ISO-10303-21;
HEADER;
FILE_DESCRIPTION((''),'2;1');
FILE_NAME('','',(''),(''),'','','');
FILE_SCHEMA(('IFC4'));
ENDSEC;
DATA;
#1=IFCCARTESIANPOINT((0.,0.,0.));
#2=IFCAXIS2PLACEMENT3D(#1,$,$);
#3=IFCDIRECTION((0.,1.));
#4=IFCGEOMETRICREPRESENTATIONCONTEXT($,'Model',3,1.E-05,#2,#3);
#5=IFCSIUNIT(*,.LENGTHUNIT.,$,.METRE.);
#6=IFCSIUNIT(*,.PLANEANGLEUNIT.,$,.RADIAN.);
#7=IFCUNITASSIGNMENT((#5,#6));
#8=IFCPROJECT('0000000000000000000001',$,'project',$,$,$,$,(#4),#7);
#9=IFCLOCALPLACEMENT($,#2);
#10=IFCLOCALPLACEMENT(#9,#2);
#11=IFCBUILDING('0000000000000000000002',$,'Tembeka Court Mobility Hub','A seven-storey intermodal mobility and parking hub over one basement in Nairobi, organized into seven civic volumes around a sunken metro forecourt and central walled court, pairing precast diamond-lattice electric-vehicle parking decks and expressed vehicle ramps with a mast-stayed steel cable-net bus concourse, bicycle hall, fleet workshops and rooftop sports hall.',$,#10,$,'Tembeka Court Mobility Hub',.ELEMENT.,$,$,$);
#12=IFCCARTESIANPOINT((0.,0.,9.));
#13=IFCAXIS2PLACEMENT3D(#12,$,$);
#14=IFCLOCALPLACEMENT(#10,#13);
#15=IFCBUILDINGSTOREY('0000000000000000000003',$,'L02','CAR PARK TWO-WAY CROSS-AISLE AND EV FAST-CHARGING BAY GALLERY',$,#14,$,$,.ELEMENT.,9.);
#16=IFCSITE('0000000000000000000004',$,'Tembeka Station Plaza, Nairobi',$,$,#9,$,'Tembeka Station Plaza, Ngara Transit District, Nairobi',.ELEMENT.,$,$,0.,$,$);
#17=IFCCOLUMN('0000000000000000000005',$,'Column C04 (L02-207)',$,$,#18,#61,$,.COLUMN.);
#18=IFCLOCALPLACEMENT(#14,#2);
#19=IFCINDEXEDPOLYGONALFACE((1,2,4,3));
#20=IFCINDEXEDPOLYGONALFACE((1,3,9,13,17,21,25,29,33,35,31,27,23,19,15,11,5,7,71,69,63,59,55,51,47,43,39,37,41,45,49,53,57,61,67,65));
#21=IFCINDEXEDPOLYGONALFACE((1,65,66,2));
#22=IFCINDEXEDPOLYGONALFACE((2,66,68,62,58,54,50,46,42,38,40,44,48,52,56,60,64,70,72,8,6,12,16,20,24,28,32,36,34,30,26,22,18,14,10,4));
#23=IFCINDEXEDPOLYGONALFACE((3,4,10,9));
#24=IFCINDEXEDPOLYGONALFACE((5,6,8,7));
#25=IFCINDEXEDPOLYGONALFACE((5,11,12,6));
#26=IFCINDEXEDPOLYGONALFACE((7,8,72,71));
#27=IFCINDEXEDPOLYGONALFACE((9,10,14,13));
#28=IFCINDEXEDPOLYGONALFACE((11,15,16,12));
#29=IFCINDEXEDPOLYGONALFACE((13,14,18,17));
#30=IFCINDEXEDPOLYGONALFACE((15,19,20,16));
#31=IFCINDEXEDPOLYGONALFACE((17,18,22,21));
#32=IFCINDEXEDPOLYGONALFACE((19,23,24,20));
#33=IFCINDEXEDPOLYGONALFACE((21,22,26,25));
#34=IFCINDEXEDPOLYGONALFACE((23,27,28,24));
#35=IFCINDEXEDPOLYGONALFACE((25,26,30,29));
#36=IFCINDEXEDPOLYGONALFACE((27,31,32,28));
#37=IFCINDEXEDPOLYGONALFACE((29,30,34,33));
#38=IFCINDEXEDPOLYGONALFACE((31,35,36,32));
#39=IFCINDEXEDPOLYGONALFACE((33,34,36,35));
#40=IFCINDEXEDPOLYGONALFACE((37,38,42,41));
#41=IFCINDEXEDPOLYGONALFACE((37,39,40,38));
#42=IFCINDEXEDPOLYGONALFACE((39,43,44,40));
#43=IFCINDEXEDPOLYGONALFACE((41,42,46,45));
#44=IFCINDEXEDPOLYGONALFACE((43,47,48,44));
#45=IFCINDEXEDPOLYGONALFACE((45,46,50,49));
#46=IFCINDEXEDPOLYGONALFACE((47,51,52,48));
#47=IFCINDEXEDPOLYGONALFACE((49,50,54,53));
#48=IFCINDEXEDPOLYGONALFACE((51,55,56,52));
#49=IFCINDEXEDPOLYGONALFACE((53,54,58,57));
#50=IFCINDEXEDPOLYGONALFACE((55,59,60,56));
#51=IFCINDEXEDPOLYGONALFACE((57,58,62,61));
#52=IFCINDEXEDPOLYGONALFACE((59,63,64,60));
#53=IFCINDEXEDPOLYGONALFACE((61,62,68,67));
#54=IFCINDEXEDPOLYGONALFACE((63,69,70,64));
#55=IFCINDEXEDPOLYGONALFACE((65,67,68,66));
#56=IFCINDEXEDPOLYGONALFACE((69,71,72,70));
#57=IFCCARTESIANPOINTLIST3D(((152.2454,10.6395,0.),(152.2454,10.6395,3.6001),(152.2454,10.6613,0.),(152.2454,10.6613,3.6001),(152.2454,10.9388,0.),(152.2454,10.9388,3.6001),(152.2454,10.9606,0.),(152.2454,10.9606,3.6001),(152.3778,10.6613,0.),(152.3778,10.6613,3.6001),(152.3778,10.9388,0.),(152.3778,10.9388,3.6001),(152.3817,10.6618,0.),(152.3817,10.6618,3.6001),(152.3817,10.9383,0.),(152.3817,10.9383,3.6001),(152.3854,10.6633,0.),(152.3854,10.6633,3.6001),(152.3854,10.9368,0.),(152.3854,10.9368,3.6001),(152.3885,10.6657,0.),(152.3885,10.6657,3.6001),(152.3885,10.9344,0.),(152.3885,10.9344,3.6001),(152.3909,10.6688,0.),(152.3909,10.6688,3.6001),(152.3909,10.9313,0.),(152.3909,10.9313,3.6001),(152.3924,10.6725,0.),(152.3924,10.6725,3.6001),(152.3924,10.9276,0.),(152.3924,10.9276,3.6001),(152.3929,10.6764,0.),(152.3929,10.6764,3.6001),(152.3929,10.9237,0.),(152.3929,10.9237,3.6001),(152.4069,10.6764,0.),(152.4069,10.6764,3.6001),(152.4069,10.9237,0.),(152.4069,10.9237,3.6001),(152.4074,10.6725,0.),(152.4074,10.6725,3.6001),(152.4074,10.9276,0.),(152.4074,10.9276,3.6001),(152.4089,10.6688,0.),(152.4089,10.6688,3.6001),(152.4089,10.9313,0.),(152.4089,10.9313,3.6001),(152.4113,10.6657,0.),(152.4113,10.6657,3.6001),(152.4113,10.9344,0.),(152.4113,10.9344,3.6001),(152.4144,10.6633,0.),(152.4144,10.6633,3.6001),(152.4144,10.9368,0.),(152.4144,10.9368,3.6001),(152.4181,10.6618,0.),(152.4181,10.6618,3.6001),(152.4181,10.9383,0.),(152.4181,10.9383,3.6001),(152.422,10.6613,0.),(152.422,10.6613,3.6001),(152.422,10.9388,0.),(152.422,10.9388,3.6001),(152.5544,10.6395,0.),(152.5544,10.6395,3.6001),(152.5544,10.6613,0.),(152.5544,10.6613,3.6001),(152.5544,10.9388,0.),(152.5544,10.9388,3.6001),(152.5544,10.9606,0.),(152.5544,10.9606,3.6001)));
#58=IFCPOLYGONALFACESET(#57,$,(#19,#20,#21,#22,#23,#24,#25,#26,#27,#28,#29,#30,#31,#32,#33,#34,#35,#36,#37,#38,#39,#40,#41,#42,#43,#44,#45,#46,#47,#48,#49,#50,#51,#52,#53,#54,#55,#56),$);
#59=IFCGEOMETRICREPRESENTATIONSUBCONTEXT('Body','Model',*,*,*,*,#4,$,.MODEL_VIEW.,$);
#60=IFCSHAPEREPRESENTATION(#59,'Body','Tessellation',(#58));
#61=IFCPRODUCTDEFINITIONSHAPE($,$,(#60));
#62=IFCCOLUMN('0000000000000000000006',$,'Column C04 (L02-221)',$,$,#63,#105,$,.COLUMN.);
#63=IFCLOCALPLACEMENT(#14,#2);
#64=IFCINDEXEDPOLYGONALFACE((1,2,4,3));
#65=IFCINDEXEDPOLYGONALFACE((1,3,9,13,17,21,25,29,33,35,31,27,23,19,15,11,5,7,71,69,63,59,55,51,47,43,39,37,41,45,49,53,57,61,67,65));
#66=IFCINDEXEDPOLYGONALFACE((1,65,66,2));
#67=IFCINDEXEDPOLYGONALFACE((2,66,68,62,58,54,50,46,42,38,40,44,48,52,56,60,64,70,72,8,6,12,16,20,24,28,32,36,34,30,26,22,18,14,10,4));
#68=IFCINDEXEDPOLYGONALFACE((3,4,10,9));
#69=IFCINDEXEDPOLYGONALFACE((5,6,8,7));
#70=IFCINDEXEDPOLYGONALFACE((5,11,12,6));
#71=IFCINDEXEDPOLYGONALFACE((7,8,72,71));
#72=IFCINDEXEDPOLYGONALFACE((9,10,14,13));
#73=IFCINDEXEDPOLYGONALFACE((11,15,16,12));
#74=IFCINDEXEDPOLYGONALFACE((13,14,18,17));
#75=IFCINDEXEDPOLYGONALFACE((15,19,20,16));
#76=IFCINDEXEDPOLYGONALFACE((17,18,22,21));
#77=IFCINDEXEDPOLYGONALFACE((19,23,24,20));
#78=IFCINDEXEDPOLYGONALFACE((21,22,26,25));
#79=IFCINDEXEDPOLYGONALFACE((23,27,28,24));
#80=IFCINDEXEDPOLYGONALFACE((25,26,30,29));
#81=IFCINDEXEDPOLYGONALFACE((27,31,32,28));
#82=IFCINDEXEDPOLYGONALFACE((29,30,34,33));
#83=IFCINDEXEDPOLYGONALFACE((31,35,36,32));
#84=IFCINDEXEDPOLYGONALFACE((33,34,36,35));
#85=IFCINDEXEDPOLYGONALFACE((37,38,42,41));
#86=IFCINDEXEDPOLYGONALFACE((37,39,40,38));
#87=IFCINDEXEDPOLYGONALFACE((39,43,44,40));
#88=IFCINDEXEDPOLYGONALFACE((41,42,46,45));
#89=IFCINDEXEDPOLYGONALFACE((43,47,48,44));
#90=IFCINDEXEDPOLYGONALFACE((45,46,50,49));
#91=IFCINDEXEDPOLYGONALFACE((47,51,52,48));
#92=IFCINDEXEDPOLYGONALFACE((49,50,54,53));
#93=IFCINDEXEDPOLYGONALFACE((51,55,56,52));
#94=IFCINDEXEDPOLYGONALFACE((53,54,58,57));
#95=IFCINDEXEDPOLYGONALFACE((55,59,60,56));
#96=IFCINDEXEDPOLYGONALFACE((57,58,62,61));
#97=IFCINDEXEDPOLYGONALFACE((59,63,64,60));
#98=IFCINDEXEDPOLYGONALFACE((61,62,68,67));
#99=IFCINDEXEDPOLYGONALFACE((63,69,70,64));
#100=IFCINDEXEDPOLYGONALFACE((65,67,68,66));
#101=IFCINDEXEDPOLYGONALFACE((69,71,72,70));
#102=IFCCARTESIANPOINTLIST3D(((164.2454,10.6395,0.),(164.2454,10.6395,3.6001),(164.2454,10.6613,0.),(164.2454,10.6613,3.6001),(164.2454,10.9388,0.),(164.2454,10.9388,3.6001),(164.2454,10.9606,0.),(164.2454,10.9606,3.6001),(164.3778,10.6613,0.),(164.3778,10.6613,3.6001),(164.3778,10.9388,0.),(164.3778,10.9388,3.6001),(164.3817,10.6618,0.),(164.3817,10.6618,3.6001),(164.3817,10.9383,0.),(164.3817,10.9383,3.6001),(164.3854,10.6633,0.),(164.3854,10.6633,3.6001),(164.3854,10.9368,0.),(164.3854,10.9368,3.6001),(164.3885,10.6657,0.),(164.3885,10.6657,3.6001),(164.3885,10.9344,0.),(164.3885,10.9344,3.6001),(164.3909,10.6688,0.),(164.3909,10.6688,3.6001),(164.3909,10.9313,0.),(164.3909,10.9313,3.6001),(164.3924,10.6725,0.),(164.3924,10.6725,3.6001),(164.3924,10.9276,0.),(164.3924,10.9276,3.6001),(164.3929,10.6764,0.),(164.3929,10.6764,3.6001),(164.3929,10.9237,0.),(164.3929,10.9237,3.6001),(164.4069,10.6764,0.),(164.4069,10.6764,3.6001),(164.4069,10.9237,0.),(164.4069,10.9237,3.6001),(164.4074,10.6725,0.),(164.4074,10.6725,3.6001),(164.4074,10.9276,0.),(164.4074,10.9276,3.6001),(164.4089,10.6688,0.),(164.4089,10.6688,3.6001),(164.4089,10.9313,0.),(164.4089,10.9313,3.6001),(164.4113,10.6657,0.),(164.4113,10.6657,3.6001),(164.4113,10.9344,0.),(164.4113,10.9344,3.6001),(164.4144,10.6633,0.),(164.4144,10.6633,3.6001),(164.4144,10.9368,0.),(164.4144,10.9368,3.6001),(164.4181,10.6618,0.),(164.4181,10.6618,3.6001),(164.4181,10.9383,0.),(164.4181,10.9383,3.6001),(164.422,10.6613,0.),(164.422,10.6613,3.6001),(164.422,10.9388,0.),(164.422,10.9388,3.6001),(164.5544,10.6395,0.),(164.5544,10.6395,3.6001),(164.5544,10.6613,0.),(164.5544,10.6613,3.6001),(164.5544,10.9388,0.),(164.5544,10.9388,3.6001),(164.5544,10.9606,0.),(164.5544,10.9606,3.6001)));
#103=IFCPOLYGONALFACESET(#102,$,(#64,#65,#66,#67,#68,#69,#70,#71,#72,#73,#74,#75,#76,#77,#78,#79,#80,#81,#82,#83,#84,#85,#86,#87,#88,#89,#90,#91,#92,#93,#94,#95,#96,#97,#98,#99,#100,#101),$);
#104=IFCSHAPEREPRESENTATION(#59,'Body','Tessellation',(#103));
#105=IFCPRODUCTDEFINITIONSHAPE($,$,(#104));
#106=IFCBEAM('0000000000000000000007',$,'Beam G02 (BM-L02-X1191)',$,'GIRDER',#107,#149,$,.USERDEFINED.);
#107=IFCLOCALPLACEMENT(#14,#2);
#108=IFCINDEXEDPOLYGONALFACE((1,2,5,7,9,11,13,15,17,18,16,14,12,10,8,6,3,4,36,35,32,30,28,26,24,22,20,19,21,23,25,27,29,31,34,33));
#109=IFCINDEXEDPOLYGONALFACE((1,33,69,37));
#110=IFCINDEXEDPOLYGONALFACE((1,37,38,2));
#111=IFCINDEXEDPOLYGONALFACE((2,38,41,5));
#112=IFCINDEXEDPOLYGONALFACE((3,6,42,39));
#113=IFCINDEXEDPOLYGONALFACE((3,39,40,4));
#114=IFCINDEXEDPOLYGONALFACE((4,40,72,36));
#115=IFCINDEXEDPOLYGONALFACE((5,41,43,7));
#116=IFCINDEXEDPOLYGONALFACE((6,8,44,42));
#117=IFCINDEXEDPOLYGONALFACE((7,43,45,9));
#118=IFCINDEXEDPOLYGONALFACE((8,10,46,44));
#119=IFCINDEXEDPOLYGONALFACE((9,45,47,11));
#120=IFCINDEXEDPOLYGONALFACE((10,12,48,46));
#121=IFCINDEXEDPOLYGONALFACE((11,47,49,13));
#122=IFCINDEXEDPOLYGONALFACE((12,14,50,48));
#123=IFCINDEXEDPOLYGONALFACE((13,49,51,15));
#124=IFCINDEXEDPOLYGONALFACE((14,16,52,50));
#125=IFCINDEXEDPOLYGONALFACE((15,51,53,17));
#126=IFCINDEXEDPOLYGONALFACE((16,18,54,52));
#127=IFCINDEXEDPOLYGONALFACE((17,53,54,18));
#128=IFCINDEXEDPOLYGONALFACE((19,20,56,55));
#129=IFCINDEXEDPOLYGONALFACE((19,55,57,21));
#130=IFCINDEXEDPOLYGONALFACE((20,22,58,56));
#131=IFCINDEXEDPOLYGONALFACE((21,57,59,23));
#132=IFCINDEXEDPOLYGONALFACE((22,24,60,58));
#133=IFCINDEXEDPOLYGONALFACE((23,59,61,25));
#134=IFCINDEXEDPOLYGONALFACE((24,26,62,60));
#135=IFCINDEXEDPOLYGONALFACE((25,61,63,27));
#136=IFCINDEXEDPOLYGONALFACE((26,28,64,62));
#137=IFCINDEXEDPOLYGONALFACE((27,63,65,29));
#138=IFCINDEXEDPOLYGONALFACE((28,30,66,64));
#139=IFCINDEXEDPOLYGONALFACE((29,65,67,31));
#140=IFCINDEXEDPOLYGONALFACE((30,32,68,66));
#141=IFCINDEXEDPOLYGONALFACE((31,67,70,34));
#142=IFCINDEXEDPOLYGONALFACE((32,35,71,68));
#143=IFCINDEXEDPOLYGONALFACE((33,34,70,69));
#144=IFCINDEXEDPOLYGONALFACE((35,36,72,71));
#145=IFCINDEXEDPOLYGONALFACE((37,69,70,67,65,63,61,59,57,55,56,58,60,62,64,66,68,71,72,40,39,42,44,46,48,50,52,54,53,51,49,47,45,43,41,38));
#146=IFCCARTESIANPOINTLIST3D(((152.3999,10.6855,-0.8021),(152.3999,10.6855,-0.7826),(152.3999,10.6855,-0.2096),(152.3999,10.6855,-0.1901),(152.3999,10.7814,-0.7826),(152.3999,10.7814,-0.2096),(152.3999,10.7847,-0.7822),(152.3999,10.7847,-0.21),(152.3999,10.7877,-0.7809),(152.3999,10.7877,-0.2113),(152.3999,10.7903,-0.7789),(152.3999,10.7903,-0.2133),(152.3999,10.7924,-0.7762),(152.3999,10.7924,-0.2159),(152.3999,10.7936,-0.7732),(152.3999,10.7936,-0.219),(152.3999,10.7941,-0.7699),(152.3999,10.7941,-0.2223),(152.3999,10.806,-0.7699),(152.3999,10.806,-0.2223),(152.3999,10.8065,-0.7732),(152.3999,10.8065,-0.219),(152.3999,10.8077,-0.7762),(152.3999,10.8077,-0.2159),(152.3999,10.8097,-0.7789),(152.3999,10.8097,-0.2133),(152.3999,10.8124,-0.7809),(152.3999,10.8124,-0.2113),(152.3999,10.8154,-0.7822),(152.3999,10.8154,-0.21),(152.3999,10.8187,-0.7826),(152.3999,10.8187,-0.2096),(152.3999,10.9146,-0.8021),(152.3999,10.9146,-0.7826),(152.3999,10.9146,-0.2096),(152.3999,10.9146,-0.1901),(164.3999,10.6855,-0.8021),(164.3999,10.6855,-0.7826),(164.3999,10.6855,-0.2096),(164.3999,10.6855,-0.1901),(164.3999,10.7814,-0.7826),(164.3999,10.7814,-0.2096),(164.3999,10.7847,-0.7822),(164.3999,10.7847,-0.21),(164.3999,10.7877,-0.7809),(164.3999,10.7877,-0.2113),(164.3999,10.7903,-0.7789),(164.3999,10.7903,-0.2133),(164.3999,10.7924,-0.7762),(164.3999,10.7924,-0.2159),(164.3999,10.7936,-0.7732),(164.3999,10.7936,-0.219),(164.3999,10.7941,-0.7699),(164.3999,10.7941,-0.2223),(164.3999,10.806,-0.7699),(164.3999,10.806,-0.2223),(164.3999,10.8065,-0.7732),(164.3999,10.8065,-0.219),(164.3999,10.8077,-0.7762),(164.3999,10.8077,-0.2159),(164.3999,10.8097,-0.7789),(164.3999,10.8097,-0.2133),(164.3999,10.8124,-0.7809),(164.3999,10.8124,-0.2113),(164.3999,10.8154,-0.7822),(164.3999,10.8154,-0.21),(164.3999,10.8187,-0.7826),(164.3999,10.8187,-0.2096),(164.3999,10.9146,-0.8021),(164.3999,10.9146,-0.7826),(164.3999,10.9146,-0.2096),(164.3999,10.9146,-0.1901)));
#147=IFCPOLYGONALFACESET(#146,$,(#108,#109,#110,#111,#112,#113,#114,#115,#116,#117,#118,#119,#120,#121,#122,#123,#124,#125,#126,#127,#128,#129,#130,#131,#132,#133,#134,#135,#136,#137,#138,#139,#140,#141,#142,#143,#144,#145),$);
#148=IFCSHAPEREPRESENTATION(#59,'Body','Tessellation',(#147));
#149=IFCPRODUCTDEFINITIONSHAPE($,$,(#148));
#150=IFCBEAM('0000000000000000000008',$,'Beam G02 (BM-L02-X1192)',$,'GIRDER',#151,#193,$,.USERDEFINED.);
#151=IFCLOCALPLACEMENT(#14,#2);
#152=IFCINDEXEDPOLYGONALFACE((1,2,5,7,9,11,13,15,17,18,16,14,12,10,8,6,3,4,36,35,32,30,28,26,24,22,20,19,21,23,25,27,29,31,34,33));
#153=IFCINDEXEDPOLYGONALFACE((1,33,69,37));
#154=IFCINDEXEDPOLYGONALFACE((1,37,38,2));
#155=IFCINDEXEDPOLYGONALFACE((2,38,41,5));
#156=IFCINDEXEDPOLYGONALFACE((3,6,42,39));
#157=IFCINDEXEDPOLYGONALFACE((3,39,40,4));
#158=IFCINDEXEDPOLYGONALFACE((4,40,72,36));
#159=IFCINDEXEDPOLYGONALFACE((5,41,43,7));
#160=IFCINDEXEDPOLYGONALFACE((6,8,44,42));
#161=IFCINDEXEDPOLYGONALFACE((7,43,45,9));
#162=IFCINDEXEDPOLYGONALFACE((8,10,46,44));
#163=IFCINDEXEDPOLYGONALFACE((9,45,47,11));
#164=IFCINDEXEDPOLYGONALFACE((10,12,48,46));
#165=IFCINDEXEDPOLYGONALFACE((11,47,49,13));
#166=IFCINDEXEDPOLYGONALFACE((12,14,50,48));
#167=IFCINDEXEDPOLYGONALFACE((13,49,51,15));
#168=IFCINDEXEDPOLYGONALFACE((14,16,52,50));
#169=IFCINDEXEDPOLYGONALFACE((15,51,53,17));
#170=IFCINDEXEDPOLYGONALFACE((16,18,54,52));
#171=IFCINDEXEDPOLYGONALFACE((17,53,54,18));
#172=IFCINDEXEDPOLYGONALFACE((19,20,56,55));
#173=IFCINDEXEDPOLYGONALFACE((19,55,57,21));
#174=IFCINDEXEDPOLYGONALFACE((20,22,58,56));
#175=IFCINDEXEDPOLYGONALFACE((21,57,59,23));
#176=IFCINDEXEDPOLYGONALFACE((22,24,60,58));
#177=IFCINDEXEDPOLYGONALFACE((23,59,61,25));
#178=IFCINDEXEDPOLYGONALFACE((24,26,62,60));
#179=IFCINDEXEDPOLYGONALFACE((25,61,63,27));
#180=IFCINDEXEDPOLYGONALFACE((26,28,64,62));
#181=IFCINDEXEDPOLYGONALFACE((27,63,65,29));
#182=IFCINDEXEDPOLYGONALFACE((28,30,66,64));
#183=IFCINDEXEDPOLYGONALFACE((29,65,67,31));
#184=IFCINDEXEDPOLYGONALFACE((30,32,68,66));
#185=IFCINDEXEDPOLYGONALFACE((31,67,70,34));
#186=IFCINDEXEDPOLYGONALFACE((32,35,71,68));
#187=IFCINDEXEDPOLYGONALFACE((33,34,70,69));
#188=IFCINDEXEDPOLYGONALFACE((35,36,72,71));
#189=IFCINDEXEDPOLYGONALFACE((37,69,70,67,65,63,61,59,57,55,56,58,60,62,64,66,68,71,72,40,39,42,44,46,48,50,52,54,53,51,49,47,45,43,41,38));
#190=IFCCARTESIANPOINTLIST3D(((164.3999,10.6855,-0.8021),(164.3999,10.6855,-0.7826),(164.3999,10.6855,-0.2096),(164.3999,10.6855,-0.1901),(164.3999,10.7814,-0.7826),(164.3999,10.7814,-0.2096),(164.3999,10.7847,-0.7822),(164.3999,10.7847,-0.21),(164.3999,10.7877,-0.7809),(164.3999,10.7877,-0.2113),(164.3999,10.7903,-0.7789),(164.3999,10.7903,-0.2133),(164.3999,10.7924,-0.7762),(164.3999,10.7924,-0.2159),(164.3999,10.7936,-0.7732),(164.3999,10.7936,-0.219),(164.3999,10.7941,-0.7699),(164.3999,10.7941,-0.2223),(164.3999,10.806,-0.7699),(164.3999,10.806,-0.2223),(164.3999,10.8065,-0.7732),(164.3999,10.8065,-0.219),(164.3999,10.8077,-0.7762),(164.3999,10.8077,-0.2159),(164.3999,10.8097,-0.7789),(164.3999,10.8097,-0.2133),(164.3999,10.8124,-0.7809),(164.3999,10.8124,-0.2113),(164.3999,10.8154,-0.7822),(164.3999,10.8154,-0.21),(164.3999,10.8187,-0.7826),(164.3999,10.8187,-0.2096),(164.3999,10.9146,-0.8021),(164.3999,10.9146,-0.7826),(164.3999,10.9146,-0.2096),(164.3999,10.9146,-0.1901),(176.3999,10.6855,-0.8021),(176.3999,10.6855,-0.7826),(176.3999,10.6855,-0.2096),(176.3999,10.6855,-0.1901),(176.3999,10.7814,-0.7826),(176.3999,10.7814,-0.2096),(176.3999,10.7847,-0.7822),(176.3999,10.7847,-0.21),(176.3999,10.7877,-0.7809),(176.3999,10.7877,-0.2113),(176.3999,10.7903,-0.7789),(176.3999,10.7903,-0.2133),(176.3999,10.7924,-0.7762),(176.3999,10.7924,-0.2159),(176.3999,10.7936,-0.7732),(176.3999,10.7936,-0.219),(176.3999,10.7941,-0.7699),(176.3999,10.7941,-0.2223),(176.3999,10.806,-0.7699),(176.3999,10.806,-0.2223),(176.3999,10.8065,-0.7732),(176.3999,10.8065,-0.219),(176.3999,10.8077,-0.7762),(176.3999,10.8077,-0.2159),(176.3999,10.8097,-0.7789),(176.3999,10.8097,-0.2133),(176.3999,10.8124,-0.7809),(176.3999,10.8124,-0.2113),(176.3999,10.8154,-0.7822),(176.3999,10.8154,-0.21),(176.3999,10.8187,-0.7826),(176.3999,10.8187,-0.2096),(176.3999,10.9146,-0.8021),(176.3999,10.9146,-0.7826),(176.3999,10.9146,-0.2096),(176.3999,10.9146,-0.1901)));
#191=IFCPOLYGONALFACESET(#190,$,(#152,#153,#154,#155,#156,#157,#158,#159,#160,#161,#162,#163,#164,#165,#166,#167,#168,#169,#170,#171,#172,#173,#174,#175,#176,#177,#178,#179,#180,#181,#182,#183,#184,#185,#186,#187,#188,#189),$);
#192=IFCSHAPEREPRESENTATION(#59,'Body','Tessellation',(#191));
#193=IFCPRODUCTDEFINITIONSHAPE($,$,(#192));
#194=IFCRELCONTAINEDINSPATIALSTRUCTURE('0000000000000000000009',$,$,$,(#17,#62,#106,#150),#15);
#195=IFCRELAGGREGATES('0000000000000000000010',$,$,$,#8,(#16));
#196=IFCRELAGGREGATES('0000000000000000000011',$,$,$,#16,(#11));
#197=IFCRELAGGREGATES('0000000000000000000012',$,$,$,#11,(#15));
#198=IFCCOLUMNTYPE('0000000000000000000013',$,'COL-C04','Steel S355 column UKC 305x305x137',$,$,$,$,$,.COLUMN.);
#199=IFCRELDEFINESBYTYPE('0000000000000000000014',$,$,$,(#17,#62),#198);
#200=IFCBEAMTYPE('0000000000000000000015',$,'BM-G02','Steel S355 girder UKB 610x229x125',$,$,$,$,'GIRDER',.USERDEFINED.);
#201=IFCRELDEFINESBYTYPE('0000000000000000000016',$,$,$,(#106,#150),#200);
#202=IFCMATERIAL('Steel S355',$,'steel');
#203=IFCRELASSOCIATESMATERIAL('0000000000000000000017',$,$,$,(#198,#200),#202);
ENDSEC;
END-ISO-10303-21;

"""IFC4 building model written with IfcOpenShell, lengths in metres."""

from ifc_helpers import new_model, si_unit, direction, frame, origin, origin_2d, place, context, subcontext, project, spatial, i_section, extrude, material, material_profile, profile_set, type_object, element, save


model = new_model("IFC4")

# Units and contexts
model_context = context("Model", 3, precision=1e-05, world=origin(), true_north=direction((0.0, 1.0)))
body_context = subcontext(model_context, "Body", "Model", "MODEL_VIEW")
ifc_project = project(units=[si_unit("LENGTHUNIT", "METRE"), si_unit("PLANEANGLEUNIT", "RADIAN")], contexts=[model_context])

# Site, building, storey
site_placement = place(None, origin())
site = spatial("IfcSite", under=ifc_project, at=site_placement, Name="Tembeka Station Plaza, Nairobi", LongName="Tembeka Station Plaza, Ngara Transit District, Nairobi", CompositionType="ELEMENT", RefElevation=0.0)
building_placement = place(site_placement, origin())
building = spatial("IfcBuilding", under=site, at=building_placement, Name="Tembeka Court Mobility Hub", Description="A seven-storey intermodal mobility and parking hub over one basement in Nairobi, organized into seven civic volumes around a sunken metro forecourt and central walled court, pairing precast diamond-lattice electric-vehicle parking decks and expressed vehicle ramps with a mast-stayed steel cable-net bus concourse, bicycle hall, fleet workshops and rooftop sports hall.", LongName="Tembeka Court Mobility Hub", CompositionType="ELEMENT")
storey_placement = place(building_placement, frame((0.0, 0.0, 9.0)))
storey = spatial("IfcBuildingStorey", under=building, at=storey_placement, Name="L02", Description="CAR PARK TWO-WAY CROSS-AISLE AND EV FAST-CHARGING BAY GALLERY", CompositionType="ELEMENT", Elevation=9.0)

# Columns
ifc_material_1 = material(Name="Steel S355", Category="steel")
ifc_material_profile_1 = material_profile(ifc_material_1, i_section(OverallWidth=0.3091, OverallDepth=0.321, WebThickness=0.0139, FlangeThickness=0.0217, FilletRadius=0.0151, at=origin_2d()), Name="UKC 305x305x137")
ifc_profile_set_1 = profile_set([ifc_material_profile_1], Name="Steel S355")
column_type = type_object("IfcColumnType", Name="COL-C04", Description="Steel S355 column UKC 305x305x137", PredefinedType="COLUMN", material=ifc_profile_set_1)
for number, where, z_axis, x_axis, name in (
    (1, (152.3999, 10.8, 0.0), (0.0, 0.0, 1.0), (1.0, 0.0, 0.0), "Column C04 (L02-207)"),
    (2, (164.3999, 10.8, 0.0), (0.0, 0.0, 1.0), (1.0, 0.0, 0.0), "Column C04 (L02-221)"),
):
    element("IfcColumn", number, at=place(storey_placement, frame(where, z_axis=z_axis, x_axis=x_axis)), inside=storey, type_object=column_type, Name=name, PredefinedType="COLUMN", context=body_context, shape_type="SweptSolid", body=[
        extrude(i_section(OverallWidth=0.3091, OverallDepth=0.321, WebThickness=0.0139, FlangeThickness=0.0217, FilletRadius=0.0151, at=origin_2d()), origin(), (0.0, 0.0, 1.0), 3.6001),
    ])

# Beams
ifc_material_profile_2 = material_profile(ifc_material_1, i_section(OverallWidth=0.229, OverallDepth=0.6121, WebThickness=0.012, FlangeThickness=0.0195, FilletRadius=0.0127, at=origin_2d()), Name="UKB 610x229x125")
ifc_profile_set_2 = profile_set([ifc_material_profile_2], Name="Steel S355")
beam_type_1 = type_object("IfcBeamType", Name="BM-G02", Description="Steel S355 girder UKB 610x229x125", ElementType="GIRDER", PredefinedType="USERDEFINED", material=ifc_profile_set_2)
for number, where, z_axis, x_axis, name in (
    (3, (152.3999, 10.8, -0.4961), (1.0, 0.0, 0.0), (0.0, 1.0, 0.0), "Beam G02 (BM-L02-X1191)"),
    (4, (164.3999, 10.8, -0.4961), (1.0, 0.0, 0.0), (0.0, 1.0, 0.0), "Beam G02 (BM-L02-X1192)"),
):
    element("IfcBeam", number, at=place(storey_placement, frame(where, z_axis=z_axis, x_axis=x_axis)), inside=storey, type_object=beam_type_1, Name=name, ObjectType="GIRDER", PredefinedType="USERDEFINED", context=body_context, shape_type="SweptSolid", body=[
        extrude(i_section(OverallWidth=0.229, OverallDepth=0.6121, WebThickness=0.012, FlangeThickness=0.0195, FilletRadius=0.0127, at=origin_2d()), origin(), (0.0, 0.0, 1.0), 12.0),
    ])

save(model, "model.ifc")
